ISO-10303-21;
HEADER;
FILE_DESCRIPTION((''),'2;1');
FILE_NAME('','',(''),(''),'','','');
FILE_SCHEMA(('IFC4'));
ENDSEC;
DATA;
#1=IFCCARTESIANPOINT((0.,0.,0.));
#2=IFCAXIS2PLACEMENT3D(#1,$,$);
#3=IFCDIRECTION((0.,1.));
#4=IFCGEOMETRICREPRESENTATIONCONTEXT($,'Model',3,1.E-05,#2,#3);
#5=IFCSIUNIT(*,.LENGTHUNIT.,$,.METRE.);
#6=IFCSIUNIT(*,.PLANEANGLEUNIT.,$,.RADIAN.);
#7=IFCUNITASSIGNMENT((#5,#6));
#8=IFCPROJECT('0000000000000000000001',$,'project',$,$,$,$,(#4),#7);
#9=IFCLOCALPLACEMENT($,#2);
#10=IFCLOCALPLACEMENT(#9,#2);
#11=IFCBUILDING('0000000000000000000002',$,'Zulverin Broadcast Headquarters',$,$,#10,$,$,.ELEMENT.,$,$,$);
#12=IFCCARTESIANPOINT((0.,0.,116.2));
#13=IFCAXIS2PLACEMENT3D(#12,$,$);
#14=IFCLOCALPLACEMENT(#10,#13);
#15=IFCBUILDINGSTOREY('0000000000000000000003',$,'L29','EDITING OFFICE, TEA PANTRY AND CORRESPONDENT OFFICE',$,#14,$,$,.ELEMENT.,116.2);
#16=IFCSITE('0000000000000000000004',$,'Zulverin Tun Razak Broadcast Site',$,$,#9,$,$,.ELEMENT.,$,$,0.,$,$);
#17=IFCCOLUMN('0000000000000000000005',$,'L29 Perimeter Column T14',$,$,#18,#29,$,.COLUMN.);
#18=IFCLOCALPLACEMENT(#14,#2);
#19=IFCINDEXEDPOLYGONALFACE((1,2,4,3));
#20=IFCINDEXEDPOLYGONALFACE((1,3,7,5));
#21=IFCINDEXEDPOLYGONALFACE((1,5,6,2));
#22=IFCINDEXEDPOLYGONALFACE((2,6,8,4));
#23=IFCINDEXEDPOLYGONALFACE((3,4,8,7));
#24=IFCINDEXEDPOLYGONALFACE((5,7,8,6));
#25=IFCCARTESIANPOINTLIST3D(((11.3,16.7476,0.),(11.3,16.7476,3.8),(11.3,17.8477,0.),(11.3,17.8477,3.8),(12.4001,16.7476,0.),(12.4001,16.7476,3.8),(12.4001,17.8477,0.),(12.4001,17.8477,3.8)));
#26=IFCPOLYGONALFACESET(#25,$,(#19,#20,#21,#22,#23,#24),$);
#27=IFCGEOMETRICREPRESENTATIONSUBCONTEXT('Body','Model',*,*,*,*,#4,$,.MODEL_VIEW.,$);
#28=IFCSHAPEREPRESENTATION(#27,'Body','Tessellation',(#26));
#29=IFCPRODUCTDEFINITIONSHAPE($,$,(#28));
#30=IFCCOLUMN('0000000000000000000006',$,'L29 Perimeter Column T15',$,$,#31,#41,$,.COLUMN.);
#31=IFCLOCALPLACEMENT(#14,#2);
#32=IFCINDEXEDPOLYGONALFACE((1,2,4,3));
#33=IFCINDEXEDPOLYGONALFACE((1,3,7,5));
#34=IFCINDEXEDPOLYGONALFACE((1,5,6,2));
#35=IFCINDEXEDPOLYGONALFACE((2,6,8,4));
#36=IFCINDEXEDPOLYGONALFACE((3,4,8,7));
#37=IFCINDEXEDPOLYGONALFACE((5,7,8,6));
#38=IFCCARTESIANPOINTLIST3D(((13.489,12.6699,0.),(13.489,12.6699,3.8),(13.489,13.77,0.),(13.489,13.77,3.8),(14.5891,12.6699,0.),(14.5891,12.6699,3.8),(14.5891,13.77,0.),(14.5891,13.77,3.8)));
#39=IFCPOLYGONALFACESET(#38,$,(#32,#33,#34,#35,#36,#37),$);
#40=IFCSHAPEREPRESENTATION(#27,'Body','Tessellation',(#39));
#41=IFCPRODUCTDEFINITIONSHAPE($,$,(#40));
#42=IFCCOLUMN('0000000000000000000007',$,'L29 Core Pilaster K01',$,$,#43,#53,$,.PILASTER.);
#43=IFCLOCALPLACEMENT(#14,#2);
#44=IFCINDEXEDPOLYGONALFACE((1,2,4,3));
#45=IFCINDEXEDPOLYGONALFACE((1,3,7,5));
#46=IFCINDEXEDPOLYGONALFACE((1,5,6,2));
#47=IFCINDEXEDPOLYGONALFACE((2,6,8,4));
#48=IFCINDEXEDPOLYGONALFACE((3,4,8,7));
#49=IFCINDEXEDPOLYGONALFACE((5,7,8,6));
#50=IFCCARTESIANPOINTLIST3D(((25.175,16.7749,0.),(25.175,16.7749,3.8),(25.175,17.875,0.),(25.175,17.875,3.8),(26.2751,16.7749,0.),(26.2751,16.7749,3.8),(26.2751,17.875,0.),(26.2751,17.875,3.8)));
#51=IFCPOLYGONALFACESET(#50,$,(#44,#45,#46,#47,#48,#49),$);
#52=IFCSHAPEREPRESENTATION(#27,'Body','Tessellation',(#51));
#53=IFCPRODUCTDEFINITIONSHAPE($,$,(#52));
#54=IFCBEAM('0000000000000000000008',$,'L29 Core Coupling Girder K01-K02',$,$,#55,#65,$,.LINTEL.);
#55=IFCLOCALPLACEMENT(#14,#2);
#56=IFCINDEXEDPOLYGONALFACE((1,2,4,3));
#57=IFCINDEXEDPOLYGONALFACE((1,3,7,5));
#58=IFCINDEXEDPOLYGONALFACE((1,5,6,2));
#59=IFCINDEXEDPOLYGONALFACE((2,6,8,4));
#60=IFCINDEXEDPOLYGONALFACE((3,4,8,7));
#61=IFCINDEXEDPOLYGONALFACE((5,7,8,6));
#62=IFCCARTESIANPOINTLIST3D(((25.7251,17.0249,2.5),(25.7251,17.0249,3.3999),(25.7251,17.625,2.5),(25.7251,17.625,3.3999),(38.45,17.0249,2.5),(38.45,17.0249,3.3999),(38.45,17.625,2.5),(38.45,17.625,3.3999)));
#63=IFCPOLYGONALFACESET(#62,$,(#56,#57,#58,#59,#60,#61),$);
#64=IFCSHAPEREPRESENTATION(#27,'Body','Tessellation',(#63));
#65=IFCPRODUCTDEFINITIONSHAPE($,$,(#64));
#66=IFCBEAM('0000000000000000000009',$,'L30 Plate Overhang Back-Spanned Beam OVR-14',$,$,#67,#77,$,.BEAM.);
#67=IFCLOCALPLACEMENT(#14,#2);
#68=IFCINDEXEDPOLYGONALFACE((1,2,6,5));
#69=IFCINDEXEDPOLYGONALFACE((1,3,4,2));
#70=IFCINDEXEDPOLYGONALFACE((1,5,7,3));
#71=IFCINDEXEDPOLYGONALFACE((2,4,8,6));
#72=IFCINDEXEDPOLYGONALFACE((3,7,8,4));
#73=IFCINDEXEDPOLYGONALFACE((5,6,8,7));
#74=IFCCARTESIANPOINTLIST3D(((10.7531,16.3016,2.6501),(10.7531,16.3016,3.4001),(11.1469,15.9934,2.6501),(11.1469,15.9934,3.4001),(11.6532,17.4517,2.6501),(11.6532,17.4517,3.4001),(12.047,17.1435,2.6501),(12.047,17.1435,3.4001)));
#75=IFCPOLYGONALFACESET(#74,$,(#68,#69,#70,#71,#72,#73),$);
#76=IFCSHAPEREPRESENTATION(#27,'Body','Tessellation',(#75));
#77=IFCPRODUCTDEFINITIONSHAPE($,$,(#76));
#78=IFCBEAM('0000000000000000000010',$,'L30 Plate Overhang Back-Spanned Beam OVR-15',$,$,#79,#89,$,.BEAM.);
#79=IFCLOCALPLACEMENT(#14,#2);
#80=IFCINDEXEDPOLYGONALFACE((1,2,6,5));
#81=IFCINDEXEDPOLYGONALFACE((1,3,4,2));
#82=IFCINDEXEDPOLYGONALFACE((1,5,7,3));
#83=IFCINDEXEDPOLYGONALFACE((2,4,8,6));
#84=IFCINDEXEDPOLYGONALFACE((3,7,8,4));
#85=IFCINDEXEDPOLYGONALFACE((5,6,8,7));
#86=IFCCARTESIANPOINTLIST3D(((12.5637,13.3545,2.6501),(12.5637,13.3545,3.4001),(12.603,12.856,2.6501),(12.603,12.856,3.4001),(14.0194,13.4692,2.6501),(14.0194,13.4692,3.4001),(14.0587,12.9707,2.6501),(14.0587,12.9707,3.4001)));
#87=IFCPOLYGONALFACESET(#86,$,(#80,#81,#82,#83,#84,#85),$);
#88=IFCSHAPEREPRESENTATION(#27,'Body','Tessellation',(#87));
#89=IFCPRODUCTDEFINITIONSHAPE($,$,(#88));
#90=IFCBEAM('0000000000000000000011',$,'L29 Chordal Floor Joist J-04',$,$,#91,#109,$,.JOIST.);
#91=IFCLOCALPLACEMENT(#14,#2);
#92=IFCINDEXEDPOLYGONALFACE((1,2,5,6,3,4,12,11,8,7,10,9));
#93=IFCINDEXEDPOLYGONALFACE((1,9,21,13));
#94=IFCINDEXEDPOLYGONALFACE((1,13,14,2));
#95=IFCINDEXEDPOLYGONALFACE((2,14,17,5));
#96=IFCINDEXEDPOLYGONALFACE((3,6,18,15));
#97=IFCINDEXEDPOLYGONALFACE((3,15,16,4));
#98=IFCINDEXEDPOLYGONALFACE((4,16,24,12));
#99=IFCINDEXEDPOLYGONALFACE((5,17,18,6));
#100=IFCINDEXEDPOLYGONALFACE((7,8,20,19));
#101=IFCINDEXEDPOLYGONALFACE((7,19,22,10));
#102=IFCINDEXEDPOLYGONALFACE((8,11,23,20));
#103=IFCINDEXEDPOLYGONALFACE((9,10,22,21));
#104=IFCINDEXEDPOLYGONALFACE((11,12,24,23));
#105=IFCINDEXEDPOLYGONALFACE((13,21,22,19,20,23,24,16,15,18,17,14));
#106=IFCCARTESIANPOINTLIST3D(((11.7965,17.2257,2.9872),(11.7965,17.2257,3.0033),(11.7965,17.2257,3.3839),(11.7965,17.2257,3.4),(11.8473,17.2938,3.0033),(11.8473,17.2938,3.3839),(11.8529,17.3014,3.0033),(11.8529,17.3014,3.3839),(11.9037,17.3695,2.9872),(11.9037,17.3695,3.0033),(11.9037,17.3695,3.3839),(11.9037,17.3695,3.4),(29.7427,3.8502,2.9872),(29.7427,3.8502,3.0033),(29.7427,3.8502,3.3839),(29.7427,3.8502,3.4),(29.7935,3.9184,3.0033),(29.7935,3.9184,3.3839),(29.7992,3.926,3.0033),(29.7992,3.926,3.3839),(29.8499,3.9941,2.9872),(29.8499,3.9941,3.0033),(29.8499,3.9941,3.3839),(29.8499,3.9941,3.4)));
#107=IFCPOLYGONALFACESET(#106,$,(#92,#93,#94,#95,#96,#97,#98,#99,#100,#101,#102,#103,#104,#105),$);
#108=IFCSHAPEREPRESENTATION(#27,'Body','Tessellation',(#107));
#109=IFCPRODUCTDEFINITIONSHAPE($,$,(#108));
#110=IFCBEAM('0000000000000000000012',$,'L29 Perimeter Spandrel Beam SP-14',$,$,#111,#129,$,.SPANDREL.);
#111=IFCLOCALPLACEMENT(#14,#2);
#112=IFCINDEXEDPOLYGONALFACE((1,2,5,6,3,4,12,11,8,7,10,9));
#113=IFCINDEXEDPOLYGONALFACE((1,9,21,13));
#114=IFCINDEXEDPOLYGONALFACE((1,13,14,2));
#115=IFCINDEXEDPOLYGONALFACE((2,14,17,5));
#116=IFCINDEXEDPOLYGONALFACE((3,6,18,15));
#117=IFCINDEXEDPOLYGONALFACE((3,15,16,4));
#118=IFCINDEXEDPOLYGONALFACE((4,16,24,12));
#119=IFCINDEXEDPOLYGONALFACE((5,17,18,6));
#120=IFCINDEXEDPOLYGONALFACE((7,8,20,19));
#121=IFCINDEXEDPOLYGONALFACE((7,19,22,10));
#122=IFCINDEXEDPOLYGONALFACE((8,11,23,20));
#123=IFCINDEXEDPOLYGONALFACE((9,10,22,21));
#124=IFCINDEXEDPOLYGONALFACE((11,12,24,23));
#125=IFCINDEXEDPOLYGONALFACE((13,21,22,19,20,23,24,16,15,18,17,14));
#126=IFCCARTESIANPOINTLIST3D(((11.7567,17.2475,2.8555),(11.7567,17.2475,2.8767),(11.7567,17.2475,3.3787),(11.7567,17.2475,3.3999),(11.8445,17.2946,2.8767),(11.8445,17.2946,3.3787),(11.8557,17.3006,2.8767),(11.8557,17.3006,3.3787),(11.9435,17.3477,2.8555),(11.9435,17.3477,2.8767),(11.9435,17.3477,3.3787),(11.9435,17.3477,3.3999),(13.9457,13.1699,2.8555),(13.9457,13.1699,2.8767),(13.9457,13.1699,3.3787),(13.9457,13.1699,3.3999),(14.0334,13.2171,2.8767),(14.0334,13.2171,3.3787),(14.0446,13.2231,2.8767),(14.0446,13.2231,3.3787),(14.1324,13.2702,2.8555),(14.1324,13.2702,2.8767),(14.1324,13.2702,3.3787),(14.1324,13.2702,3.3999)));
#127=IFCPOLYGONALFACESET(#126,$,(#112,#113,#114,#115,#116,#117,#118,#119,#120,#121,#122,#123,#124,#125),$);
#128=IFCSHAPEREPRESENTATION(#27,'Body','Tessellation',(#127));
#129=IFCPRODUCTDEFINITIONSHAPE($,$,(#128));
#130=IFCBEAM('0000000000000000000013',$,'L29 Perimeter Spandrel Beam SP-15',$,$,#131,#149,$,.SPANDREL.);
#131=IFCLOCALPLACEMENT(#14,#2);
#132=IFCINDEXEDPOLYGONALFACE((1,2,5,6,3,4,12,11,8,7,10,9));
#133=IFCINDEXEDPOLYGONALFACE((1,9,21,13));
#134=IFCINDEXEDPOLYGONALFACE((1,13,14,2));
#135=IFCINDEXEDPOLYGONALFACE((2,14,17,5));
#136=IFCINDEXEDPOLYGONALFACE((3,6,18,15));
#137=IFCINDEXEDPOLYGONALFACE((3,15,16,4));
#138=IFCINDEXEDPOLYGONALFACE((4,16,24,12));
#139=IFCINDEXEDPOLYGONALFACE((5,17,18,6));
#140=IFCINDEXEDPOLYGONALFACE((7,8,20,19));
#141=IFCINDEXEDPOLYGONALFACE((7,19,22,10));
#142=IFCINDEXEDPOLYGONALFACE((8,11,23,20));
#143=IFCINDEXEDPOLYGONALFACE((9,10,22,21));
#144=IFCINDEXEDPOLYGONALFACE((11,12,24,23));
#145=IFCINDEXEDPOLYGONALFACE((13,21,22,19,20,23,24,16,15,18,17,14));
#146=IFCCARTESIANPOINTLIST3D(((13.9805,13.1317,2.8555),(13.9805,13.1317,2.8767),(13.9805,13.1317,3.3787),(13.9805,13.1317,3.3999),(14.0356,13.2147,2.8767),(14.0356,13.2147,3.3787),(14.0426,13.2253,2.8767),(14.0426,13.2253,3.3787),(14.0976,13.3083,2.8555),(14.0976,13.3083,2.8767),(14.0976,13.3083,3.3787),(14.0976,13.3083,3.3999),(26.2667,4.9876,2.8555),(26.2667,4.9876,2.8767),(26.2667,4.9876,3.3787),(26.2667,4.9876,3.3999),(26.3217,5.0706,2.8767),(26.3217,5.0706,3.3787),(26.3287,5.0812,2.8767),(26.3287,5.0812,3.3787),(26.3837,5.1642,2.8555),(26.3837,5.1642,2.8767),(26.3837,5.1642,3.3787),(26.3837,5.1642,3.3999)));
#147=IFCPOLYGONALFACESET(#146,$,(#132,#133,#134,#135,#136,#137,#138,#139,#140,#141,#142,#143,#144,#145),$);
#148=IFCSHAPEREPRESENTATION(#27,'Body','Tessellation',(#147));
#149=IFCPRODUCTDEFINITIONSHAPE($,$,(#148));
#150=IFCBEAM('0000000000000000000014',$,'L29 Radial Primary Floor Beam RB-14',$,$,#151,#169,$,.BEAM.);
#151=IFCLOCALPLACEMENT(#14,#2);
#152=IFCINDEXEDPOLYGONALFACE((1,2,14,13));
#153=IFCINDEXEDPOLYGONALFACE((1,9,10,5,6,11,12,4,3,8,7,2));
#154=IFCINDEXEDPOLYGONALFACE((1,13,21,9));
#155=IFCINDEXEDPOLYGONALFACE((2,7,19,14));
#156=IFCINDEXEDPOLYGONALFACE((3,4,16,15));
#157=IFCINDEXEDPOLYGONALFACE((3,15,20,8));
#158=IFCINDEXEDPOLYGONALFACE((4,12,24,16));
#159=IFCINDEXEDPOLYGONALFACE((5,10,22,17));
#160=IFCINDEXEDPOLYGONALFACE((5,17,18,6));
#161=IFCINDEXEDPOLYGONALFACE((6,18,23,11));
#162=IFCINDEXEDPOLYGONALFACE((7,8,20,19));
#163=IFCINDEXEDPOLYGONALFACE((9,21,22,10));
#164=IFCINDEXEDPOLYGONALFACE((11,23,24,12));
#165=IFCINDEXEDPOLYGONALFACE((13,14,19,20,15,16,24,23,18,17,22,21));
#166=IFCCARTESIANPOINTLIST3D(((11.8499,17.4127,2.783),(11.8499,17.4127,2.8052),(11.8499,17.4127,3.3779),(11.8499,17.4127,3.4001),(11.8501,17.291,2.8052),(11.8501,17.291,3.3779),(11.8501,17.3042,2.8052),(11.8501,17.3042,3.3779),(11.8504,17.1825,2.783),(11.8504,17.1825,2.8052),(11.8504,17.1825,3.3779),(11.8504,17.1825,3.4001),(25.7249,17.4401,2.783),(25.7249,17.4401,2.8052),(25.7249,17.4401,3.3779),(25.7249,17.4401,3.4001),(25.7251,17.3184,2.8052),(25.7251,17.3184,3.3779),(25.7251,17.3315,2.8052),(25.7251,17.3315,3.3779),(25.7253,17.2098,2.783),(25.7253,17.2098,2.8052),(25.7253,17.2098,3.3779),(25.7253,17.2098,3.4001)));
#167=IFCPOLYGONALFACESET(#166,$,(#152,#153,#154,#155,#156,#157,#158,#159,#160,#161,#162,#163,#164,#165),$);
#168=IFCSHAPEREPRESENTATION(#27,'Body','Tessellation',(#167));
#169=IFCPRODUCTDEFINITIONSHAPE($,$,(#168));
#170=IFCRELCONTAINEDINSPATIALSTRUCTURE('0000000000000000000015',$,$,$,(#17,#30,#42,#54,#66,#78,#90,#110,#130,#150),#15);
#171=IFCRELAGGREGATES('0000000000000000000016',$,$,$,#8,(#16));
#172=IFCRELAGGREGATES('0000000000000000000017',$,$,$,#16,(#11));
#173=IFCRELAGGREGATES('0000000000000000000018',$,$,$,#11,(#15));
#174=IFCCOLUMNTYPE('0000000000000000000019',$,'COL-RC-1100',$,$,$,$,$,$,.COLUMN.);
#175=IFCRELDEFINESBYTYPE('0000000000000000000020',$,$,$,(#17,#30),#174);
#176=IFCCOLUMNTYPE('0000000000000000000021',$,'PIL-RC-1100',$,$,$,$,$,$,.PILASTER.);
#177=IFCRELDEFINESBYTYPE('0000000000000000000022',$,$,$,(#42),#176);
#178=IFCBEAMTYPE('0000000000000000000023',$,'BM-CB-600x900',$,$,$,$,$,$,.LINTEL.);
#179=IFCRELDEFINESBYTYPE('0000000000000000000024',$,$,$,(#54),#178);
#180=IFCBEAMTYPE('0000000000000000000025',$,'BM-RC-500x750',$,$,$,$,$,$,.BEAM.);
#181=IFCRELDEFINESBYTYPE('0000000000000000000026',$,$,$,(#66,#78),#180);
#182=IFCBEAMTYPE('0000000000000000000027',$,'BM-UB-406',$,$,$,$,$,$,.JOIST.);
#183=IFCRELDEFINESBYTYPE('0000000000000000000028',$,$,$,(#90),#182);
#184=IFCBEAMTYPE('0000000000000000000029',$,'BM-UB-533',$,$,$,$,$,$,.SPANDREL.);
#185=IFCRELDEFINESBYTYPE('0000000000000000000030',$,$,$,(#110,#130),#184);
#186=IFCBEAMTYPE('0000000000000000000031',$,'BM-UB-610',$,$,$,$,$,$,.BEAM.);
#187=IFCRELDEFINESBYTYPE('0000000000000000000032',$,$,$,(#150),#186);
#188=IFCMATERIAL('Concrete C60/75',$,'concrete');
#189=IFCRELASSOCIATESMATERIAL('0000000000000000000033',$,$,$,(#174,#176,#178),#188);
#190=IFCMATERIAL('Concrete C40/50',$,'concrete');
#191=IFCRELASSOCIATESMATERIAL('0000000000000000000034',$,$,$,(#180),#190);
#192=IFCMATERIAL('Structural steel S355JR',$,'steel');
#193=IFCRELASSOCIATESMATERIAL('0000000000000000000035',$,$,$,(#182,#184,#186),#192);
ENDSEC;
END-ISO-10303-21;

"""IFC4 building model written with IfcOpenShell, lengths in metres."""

from ifc_helpers import new_model, si_unit, direction, frame, origin, origin_2d, place, context, subcontext, project, spatial, rectangle, i_section, extrude, material, material_profile, profile_set, type_object, element, save


model = new_model("IFC4")

# Units and contexts
model_context = context("Model", 3, precision=1e-05, world=origin(), true_north=direction((0.0, 1.0)))
body_context = subcontext(model_context, "Body", "Model", "MODEL_VIEW")
ifc_project = project(units=[si_unit("LENGTHUNIT", "METRE"), si_unit("PLANEANGLEUNIT", "RADIAN")], contexts=[model_context])

# Site, building, storey
site_placement = place(None, origin())
site = spatial("IfcSite", under=ifc_project, at=site_placement, Name="Zulverin Tun Razak Broadcast Site", CompositionType="ELEMENT", RefElevation=0.0)
building_placement = place(site_placement, origin())
building = spatial("IfcBuilding", under=site, at=building_placement, Name="Zulverin Broadcast Headquarters", CompositionType="ELEMENT")
storey_placement = place(building_placement, frame((0.0, 0.0, 116.2)))
storey = spatial("IfcBuildingStorey", under=building, at=storey_placement, Name="L29", Description="EDITING OFFICE, TEA PANTRY AND CORRESPONDENT OFFICE", CompositionType="ELEMENT", Elevation=116.2)

# Columns
ifc_material_1 = material(Name="Concrete C60/75", Category="concrete")
ifc_material_profile_1 = material_profile(ifc_material_1, rectangle(XDim=1.1001, YDim=1.1001, at=origin_2d()), Name="Concrete C60/75", Category="concrete")
ifc_profile_set_1 = profile_set([ifc_material_profile_1], Name="Concrete C60/75")
column_type_1 = type_object("IfcColumnType", Name="COL-RC-1100", PredefinedType="COLUMN", material=ifc_profile_set_1)
for number, where, z_axis, x_axis, name in (
    (1, (11.8501, 17.2976, 0.0), (0.0, 0.0, 1.0), (1.0, 0.0, 0.0), "L29 Perimeter Column T14"),
    (2, (14.0391, 13.22, 0.0), (0.0, 0.0, 1.0), (1.0, 0.0, 0.0), "L29 Perimeter Column T15"),
):
    element("IfcColumn", number, at=place(storey_placement, frame(where, z_axis=z_axis, x_axis=x_axis)), inside=storey, type_object=column_type_1, Name=name, PredefinedType="COLUMN", context=body_context, shape_type="SweptSolid", body=[
        extrude(rectangle(XDim=1.1001, YDim=1.1001, at=origin_2d()), origin(), (0.0, 0.0, 1.0), 3.8),
    ])
ifc_material_profile_2 = material_profile(ifc_material_1, rectangle(XDim=1.1001, YDim=1.1001, at=origin_2d()), Name="Concrete C60/75", Category="concrete")
ifc_profile_set_2 = profile_set([ifc_material_profile_2], Name="Concrete C60/75")
column_type_2 = type_object("IfcColumnType", Name="PIL-RC-1100", PredefinedType="PILASTER", material=ifc_profile_set_2)
column_placement = place(storey_placement, frame((25.7251, 17.325, 0.0), z_axis=(0.0, 0.0, 1.0), x_axis=(1.0, 0.0, 0.0)))
element("IfcColumn", 3, at=column_placement, inside=storey, type_object=column_type_2, Name="L29 Core Pilaster K01", PredefinedType="PILASTER", context=body_context, shape_type="SweptSolid", body=[
    extrude(rectangle(XDim=1.1001, YDim=1.1001, at=origin_2d()), origin(), (0.0, 0.0, 1.0), 3.8),
])

# Beams
ifc_material_profile_3 = material_profile(ifc_material_1, rectangle(XDim=0.6001, YDim=0.8999, at=origin_2d()), Name="Concrete C60/75", Category="concrete")
ifc_profile_set_3 = profile_set([ifc_material_profile_3], Name="Concrete C60/75")
beam_type_1 = type_object("IfcBeamType", Name="BM-CB-600x900", PredefinedType="LINTEL", material=ifc_profile_set_3)
beam_1_placement = place(storey_placement, frame((25.7251, 17.325, 2.95), z_axis=(1.0, 0.0, 0.0), x_axis=(0.0, 1.0, 0.0)))
element("IfcBeam", 4, at=beam_1_placement, inside=storey, type_object=beam_type_1, Name="L29 Core Coupling Girder K01-K02", PredefinedType="LINTEL", context=body_context, shape_type="SweptSolid", body=[
    extrude(rectangle(XDim=0.6001, YDim=0.8999, at=origin_2d()), origin(), (0.0, 0.0, 1.0), 12.7249),
])
ifc_material_2 = material(Name="Concrete C40/50", Category="concrete")
ifc_material_profile_4 = material_profile(ifc_material_2, rectangle(XDim=0.5, YDim=0.75, at=origin_2d()), Name="Concrete C40/50", Category="concrete")
ifc_profile_set_4 = profile_set([ifc_material_profile_4], Name="Concrete C40/50")
beam_type_2 = type_object("IfcBeamType", Name="BM-RC-500x750", PredefinedType="BEAM", material=ifc_profile_set_4)
beam_2_placement = place(storey_placement, frame((11.8501, 17.2976, 3.0251), z_axis=(-0.616322, -0.787494, 0.0), x_axis=(0.787494, -0.616322, 0.0)))
element("IfcBeam", 5, at=beam_2_placement, inside=storey, type_object=beam_type_2, Name="L30 Plate Overhang Back-Spanned Beam OVR-14", PredefinedType="BEAM", context=body_context, shape_type="SweptSolid", body=[
    extrude(rectangle(XDim=0.5, YDim=0.75, at=origin_2d()), origin(), (0.0, 0.0, 1.0), 1.4604),
])
beam_3_placement = place(storey_placement, frame((14.0391, 13.22, 3.0251), z_axis=(-0.996908, -0.078576, 0.0), x_axis=(0.078576, -0.996908, 0.0)))
element("IfcBeam", 6, at=beam_3_placement, inside=storey, type_object=beam_type_2, Name="L30 Plate Overhang Back-Spanned Beam OVR-15", PredefinedType="BEAM", context=body_context, shape_type="SweptSolid", body=[
    extrude(rectangle(XDim=0.5, YDim=0.75, at=origin_2d()), origin(), (0.0, 0.0, 1.0), 1.4602),
])
ifc_material_3 = material(Name="Structural steel S355JR", Category="steel")
ifc_material_profile_5 = material_profile(ifc_material_3, i_section(OverallWidth=0.1794, OverallDepth=0.4128, WebThickness=0.0095, FlangeThickness=0.0161, at=origin_2d()), Name="Structural steel S355JR", Category="steel")
ifc_profile_set_5 = profile_set([ifc_material_profile_5], Name="Structural steel S355JR")
beam_type_3 = type_object("IfcBeamType", Name="BM-UB-406", PredefinedType="JOIST", material=ifc_profile_set_5)
beam_4_placement = place(storey_placement, frame((11.8501, 17.2976, 3.1936), z_axis=(0.801803, -0.597589, 0.0), x_axis=(0.597589, 0.801803, 0.0)))
element("IfcBeam", 7, at=beam_4_placement, inside=storey, type_object=beam_type_3, Name="L29 Chordal Floor Joist J-04", PredefinedType="JOIST", context=body_context, shape_type="SweptSolid", body=[
    extrude(i_section(OverallWidth=0.1794, OverallDepth=0.4128, WebThickness=0.0095, FlangeThickness=0.0161, at=origin_2d()), origin(), (0.0, 0.0, 1.0), 22.3823),
])
ifc_material_profile_6 = material_profile(ifc_material_3, i_section(OverallWidth=0.2119, OverallDepth=0.5444, WebThickness=0.0127, FlangeThickness=0.0212, at=origin_2d()), Name="Structural steel S355JR", Category="steel")
ifc_profile_set_6 = profile_set([ifc_material_profile_6], Name="Structural steel S355JR")
beam_type_4 = type_object("IfcBeamType", Name="BM-UB-533", PredefinedType="SPANDREL", material=ifc_profile_set_6)
beam_5_placement = place(storey_placement, frame((11.8501, 17.2976, 3.1277), z_axis=(0.47298, -0.881073, 0.0), x_axis=(0.881073, 0.47298, 0.0)))
element("IfcBeam", 8, at=beam_5_placement, inside=storey, type_object=beam_type_4, Name="L29 Perimeter Spandrel Beam SP-14", PredefinedType="SPANDREL", context=body_context, shape_type="SweptSolid", body=[
    extrude(i_section(OverallWidth=0.2119, OverallDepth=0.5444, WebThickness=0.0127, FlangeThickness=0.0212, at=origin_2d()), origin(), (0.0, 0.0, 1.0), 4.6279),
])
beam_6_placement = place(storey_placement, frame((14.0391, 13.22, 3.1277), z_axis=(0.83351, -0.552504, 0.0), x_axis=(0.552504, 0.83351, 0.0)))
element("IfcBeam", 9, at=beam_6_placement, inside=storey, type_object=beam_type_4, Name="L29 Perimeter Spandrel Beam SP-15", PredefinedType="SPANDREL", context=body_context, shape_type="SweptSolid", body=[
    extrude(i_section(OverallWidth=0.2119, OverallDepth=0.5444, WebThickness=0.0127, FlangeThickness=0.0212, at=origin_2d()), origin(), (0.0, 0.0, 1.0), 14.7402),
])
ifc_material_profile_7 = material_profile(ifc_material_3, i_section(OverallWidth=0.2302, OverallDepth=0.6172, WebThickness=0.0132, FlangeThickness=0.0222, at=origin_2d()), Name="Structural steel S355JR", Category="steel")
ifc_profile_set_7 = profile_set([ifc_material_profile_7], Name="Structural steel S355JR")
beam_type_5 = type_object("IfcBeamType", Name="BM-UB-610", PredefinedType="BEAM", material=ifc_profile_set_7)
beam_7_placement = place(storey_placement, frame((25.7251, 17.325, 3.0916), z_axis=(-0.999998, -0.001971, 0.0), x_axis=(0.001971, -0.999998, 0.0)))
element("IfcBeam", 10, at=beam_7_placement, inside=storey, type_object=beam_type_5, Name="L29 Radial Primary Floor Beam RB-14", PredefinedType="BEAM", context=body_context, shape_type="SweptSolid", body=[
    extrude(i_section(OverallWidth=0.2302, OverallDepth=0.6172, WebThickness=0.0132, FlangeThickness=0.0222, at=origin_2d()), origin(), (0.0, 0.0, 1.0), 13.875),
])

save(model, "model.ifc")
